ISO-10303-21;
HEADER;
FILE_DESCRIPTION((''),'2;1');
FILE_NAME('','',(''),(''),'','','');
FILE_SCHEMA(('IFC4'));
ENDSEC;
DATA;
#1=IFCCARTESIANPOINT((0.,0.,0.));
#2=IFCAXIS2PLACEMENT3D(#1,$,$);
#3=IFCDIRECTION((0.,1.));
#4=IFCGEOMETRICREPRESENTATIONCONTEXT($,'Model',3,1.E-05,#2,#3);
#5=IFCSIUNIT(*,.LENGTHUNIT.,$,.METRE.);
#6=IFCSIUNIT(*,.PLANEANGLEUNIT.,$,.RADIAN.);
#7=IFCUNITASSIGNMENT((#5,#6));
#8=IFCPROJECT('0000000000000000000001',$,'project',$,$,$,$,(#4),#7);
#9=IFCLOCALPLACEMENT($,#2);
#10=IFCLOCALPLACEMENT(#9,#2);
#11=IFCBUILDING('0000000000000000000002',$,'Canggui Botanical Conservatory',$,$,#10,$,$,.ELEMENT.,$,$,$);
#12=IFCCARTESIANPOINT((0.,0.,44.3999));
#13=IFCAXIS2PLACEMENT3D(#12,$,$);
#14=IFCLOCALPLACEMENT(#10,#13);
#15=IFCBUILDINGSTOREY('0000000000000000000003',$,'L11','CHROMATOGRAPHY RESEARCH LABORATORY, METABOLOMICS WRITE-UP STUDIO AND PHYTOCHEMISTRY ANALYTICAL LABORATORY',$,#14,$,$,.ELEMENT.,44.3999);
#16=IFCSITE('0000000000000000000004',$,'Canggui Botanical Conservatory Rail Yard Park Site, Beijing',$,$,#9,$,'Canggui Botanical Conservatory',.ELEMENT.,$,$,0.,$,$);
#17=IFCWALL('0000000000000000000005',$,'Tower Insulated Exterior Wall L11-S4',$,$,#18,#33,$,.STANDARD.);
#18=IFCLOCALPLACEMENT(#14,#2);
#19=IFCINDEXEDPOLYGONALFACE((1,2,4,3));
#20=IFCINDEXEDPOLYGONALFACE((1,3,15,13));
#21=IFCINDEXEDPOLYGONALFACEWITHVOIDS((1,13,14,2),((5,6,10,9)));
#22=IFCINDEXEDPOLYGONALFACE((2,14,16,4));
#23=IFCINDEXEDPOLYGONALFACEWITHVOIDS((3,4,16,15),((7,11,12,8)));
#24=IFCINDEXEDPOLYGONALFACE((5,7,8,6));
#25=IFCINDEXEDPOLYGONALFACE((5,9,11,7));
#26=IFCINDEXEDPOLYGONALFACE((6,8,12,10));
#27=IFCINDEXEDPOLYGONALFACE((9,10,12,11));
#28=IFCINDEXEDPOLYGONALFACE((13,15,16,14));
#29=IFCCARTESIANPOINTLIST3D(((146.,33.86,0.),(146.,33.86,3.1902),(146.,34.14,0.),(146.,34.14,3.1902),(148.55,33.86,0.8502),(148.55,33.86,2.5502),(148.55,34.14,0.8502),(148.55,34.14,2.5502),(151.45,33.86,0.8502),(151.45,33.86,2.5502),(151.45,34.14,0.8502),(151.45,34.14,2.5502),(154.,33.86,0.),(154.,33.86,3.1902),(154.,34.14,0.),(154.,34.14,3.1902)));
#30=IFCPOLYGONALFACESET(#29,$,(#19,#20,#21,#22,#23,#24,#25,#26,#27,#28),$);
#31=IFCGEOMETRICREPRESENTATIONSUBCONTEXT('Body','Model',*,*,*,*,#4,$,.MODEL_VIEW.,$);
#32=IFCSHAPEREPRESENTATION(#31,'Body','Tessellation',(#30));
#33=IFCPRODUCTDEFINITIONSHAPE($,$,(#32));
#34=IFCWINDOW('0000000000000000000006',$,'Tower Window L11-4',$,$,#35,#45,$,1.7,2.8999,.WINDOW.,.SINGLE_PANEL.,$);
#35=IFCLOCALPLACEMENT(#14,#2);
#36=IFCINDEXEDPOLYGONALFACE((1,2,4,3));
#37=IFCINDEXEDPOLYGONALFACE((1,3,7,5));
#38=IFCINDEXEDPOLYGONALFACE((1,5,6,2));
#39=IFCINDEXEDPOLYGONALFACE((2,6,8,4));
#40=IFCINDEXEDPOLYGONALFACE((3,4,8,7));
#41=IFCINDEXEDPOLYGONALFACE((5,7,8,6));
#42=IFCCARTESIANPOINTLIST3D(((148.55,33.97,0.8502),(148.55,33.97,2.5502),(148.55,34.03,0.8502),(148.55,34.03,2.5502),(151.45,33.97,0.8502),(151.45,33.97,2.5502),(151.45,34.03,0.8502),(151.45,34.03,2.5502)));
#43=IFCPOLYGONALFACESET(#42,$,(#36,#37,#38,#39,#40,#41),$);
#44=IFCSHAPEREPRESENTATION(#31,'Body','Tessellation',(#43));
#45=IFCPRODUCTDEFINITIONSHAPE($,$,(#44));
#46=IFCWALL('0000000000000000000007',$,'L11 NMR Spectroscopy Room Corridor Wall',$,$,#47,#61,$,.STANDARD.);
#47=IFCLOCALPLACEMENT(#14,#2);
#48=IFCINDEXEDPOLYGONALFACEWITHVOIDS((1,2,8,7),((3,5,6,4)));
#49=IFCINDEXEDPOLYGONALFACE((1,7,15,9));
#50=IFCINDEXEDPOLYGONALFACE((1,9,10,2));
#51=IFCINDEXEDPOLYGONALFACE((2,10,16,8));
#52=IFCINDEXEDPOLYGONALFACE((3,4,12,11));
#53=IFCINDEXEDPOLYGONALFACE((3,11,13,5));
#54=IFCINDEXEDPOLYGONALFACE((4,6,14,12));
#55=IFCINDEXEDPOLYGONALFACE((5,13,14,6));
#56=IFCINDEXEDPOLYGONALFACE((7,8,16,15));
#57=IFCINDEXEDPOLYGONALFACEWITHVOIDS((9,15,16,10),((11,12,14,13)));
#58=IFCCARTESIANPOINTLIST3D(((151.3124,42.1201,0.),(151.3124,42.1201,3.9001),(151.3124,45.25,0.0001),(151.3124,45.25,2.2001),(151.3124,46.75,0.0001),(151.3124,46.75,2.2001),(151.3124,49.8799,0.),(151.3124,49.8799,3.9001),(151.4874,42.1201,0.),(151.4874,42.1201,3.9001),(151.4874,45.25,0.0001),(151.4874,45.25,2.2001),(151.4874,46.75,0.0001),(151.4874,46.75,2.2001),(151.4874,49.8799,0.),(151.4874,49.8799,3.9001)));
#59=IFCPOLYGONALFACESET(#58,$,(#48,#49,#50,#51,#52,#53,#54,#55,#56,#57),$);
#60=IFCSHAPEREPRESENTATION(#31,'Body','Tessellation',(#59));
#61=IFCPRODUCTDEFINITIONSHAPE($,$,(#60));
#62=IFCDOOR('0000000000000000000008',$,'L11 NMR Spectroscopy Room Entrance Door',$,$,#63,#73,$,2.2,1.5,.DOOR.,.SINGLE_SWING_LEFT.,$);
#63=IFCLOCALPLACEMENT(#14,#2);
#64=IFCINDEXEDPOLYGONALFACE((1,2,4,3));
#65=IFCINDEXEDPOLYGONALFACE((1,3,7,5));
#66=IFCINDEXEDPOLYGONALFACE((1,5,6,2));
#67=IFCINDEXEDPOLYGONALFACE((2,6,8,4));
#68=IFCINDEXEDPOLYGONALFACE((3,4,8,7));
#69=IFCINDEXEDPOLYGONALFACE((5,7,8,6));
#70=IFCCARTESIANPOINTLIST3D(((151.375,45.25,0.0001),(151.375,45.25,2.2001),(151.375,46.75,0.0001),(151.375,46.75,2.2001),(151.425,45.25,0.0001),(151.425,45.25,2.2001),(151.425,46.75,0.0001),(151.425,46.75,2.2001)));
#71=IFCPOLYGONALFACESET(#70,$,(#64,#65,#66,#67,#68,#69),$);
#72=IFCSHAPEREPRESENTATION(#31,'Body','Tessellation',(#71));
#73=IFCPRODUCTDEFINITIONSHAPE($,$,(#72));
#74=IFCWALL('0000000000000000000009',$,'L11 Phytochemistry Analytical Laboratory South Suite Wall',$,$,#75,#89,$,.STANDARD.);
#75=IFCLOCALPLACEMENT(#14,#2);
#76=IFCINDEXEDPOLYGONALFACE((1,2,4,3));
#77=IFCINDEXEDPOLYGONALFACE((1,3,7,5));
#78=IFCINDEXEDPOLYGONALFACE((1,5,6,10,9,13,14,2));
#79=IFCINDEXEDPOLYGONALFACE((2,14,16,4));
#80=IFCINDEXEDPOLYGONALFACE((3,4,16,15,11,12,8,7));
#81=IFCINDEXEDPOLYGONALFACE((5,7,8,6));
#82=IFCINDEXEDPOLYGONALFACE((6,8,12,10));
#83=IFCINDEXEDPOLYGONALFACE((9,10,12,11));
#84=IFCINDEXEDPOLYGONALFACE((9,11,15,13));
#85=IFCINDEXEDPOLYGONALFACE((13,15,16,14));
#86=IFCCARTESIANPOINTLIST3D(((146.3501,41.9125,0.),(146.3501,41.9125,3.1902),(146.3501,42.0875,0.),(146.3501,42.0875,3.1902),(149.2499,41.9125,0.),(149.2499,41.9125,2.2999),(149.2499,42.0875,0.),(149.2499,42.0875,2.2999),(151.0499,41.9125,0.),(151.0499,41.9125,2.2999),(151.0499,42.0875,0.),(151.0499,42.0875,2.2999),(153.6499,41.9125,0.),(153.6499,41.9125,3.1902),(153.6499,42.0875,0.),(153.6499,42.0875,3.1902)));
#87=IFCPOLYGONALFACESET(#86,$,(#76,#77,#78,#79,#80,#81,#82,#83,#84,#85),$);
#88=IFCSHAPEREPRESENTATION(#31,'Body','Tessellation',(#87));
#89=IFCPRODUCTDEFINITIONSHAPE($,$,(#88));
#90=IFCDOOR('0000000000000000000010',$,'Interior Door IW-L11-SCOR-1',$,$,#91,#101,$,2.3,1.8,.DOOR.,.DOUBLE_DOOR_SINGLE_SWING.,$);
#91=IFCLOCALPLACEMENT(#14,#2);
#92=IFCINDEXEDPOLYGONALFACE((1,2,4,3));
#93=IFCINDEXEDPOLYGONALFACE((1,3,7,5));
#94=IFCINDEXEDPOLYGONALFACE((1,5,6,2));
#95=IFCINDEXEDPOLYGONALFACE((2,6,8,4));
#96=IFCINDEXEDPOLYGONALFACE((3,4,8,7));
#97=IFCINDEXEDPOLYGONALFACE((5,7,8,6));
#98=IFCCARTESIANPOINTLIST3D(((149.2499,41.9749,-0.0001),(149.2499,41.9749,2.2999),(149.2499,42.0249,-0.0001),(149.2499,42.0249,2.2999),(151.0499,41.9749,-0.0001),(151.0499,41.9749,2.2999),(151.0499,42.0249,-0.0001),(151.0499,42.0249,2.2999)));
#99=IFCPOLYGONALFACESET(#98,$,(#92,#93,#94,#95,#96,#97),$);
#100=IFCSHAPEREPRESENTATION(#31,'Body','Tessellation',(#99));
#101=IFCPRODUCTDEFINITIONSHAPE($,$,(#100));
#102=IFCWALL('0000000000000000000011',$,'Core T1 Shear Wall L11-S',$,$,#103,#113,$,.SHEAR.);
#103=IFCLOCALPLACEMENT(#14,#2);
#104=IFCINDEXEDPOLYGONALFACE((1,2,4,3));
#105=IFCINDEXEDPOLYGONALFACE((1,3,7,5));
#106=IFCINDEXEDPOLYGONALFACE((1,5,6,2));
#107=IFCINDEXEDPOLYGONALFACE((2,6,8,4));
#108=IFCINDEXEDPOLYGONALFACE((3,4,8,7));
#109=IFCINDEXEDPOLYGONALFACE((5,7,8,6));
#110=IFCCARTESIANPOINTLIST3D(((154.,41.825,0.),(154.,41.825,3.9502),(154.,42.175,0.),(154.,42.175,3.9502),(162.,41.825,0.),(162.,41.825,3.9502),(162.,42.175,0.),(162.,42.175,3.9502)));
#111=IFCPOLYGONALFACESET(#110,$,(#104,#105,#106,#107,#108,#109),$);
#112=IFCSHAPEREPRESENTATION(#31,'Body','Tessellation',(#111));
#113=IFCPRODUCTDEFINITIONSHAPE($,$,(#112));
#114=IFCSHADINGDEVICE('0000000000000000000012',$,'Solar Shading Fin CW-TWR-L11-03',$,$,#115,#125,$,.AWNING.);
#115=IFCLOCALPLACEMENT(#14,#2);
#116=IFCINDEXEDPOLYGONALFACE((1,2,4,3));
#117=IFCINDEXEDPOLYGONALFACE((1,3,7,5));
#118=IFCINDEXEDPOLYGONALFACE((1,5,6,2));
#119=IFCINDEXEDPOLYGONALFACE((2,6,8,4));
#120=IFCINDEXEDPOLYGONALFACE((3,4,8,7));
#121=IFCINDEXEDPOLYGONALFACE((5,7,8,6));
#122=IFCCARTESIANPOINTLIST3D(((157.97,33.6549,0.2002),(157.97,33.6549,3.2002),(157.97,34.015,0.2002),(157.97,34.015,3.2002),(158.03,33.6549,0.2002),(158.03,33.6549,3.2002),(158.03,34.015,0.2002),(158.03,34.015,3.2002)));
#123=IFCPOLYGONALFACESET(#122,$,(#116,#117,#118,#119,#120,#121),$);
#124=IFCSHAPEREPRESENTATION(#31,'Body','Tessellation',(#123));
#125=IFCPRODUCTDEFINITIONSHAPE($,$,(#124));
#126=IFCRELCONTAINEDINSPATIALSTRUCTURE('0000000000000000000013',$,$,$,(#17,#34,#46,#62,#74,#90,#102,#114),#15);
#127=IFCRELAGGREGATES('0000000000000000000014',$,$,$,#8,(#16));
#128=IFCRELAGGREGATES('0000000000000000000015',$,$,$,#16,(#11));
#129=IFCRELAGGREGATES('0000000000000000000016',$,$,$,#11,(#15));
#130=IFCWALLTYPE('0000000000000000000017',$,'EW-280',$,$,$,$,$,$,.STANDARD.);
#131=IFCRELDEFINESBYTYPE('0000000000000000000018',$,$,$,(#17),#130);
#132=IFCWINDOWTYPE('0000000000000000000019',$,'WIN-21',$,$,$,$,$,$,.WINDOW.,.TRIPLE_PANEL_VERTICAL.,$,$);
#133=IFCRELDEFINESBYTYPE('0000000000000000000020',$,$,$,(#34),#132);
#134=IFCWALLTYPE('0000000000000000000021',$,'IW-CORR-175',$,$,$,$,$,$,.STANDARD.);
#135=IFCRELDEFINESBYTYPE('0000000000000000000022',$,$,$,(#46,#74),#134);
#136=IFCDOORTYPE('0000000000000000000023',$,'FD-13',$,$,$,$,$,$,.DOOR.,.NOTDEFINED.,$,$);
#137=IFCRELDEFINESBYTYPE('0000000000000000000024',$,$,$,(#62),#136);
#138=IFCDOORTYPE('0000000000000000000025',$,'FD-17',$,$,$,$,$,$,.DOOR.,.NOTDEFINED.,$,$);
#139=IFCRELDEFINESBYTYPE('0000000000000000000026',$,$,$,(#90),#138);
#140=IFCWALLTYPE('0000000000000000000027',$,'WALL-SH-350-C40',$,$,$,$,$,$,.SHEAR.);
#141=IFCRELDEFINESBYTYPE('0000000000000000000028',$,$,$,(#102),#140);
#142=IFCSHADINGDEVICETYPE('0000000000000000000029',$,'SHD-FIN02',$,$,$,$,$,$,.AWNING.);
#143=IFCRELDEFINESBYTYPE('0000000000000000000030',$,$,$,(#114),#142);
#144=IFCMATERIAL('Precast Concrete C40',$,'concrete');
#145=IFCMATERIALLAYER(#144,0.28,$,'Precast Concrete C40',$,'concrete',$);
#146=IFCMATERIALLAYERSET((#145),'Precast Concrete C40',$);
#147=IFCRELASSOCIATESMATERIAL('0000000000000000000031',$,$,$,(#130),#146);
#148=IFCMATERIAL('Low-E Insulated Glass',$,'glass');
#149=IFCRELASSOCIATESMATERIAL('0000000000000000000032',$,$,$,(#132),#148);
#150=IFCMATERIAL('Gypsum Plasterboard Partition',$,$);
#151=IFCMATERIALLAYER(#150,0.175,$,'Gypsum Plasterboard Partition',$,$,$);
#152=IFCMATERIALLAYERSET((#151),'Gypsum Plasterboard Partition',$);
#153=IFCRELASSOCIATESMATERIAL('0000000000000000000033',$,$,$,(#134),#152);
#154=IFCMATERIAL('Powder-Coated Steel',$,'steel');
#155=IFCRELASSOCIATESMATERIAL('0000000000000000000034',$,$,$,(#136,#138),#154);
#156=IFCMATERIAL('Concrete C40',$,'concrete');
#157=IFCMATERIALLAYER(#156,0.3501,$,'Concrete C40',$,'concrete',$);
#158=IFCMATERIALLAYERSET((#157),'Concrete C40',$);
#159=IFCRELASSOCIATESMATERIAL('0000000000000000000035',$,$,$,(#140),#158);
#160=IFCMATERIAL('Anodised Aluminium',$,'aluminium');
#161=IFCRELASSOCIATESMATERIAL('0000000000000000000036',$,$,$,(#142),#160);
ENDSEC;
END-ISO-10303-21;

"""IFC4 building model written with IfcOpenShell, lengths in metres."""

from ifc_helpers import new_model, si_unit, direction, frame, frame_2d, origin, origin_2d, place, context, subcontext, project, spatial, rectangle, extrude, material, layer, layer_set, type_object, element, fill, save


model = new_model("IFC4")

# Units and contexts
model_context = context("Model", 3, precision=1e-05, world=origin(), true_north=direction((0.0, 1.0)))
body_context = subcontext(model_context, "Body", "Model", "MODEL_VIEW")
ifc_project = project(units=[si_unit("LENGTHUNIT", "METRE"), si_unit("PLANEANGLEUNIT", "RADIAN")], contexts=[model_context])

# Site, building, storey
site_placement = place(None, origin())
site = spatial("IfcSite", under=ifc_project, at=site_placement, Name="Canggui Botanical Conservatory Rail Yard Park Site, Beijing", LongName="Canggui Botanical Conservatory", CompositionType="ELEMENT", RefElevation=0.0)
building_placement = place(site_placement, origin())
building = spatial("IfcBuilding", under=site, at=building_placement, Name="Canggui Botanical Conservatory", CompositionType="ELEMENT")
storey_placement = place(building_placement, frame((0.0, 0.0, 44.3999)))
storey = spatial("IfcBuildingStorey", under=building, at=storey_placement, Name="L11", Description="CHROMATOGRAPHY RESEARCH LABORATORY, METABOLOMICS WRITE-UP STUDIO AND PHYTOCHEMISTRY ANALYTICAL LABORATORY", CompositionType="ELEMENT", Elevation=44.3999)

# Shared definitions
ifc_material_1 = material(Name="Concrete C40", Category="concrete")

# Shared definitions
ifc_material_2 = material(Name="Low-E Insulated Glass", Category="glass")

# Wall, opening, window
ifc_material_3 = material(Name="Precast Concrete C40", Category="concrete")
ifc_layer_1 = layer(ifc_material_3, 0.28, Name="Precast Concrete C40", Category="concrete")
ifc_layer_set_1 = layer_set([ifc_layer_1], Name="Precast Concrete C40")
wall_type_1 = type_object("IfcWallType", Name="EW-280", PredefinedType="STANDARD", material=ifc_layer_set_1)
wall_1_placement = place(storey_placement, frame((154.0, 34.0, 0.0), z_axis=(0.0, 0.0, 1.0), x_axis=(-1.0, 0.0, 0.0)))
wall_1 = element("IfcWall", 1, at=wall_1_placement, inside=storey, type_object=wall_type_1, Name="Tower Insulated Exterior Wall L11-S4", PredefinedType="STANDARD", context=body_context, shape_type="SweptSolid", body=[
    extrude(rectangle(XDim=8.0, YDim=0.28, at=frame_2d((4.0, 0.0))), origin(), (0.0, 0.0, 1.0), 3.1902),
])
opening_1_placement = place(wall_1_placement, frame((2.55, 0.0, 0.8501)))
opening_1 = element("IfcOpeningElement", 2, at=opening_1_placement, cuts=wall_1, PredefinedType="OPENING", context=body_context, shape_type="SweptSolid", body=[
    extrude(rectangle(XDim=2.8999, YDim=1.7, at=frame_2d((1.45, 0.8501))), frame((0.0, 0.1499, 0.0), z_axis=(0.0, -1.0, 0.0), x_axis=(1.0, 0.0, 0.0)), (0.0, 0.0, 1.0), 0.3),
])
window_type = type_object("IfcWindowType", Name="WIN-21", PartitioningType="TRIPLE_PANEL_VERTICAL", PredefinedType="WINDOW", material=ifc_material_2)
window_placement = place(opening_1_placement, origin())
window = element("IfcWindow", 3, at=window_placement, inside=storey, type_object=window_type, Name="Tower Window L11-4", OverallHeight=1.7, OverallWidth=2.8999, PartitioningType="SINGLE_PANEL", PredefinedType="WINDOW", context=body_context, shape_type="SweptSolid", body=[
    extrude(rectangle(XDim=2.8999, YDim=1.7, at=frame_2d((1.45, 0.8501))), frame((0.0, 0.03, 0.0), z_axis=(0.0, -1.0, 0.0), x_axis=(1.0, 0.0, 0.0)), (0.0, 0.0, 1.0), 0.0601),
])
fill(opening_1, window)

# Walls, openings, doors
ifc_material_4 = material(Name="Gypsum Plasterboard Partition")
ifc_layer_2 = layer(ifc_material_4, 0.175, Name="Gypsum Plasterboard Partition")
ifc_layer_set_2 = layer_set([ifc_layer_2], Name="Gypsum Plasterboard Partition")
wall_type_2 = type_object("IfcWallType", Name="IW-CORR-175", PredefinedType="STANDARD", material=ifc_layer_set_2)
wall_2_placement = place(storey_placement, frame((151.3999, 42.1201, 0.0), z_axis=(0.0, 0.0, 1.0), x_axis=(0.0, 1.0, 0.0)))
wall_2 = element("IfcWall", 4, at=wall_2_placement, inside=storey, type_object=wall_type_2, Name="L11 NMR Spectroscopy Room Corridor Wall", PredefinedType="STANDARD", context=body_context, shape_type="SweptSolid", body=[
    extrude(rectangle(XDim=7.7598, YDim=0.175, at=frame_2d((3.8799, 0.0))), origin(), (0.0, 0.0, 1.0), 3.9001),
])
opening_2_placement = place(wall_2_placement, frame((3.1299, 0.0, 0.0)))
opening_2 = element("IfcOpeningElement", 5, at=opening_2_placement, cuts=wall_2, PredefinedType="OPENING", context=body_context, shape_type="SweptSolid", body=[
    extrude(rectangle(XDim=1.5, YDim=2.2, at=frame_2d((0.75, 1.1001))), frame((0.0, 0.0977, 0.0), z_axis=(0.0, -1.0, 0.0), x_axis=(1.0, 0.0, 0.0)), (0.0, 0.0, 1.0), 0.1951),
])
ifc_material_5 = material(Name="Powder-Coated Steel", Category="steel")
door_type_1 = type_object("IfcDoorType", Name="FD-13", OperationType="NOTDEFINED", PredefinedType="DOOR", material=ifc_material_5)
door_1_placement = place(opening_2_placement, origin())
door_1 = element("IfcDoor", 6, at=door_1_placement, inside=storey, type_object=door_type_1, Name="L11 NMR Spectroscopy Room Entrance Door", OperationType="SINGLE_SWING_LEFT", OverallHeight=2.2, OverallWidth=1.5, PredefinedType="DOOR", context=body_context, shape_type="SweptSolid", body=[
    extrude(rectangle(XDim=1.5, YDim=2.2, at=frame_2d((0.75, 1.1001))), frame((0.0, 0.0249, 0.0), z_axis=(0.0, -1.0, 0.0), x_axis=(1.0, 0.0, 0.0)), (0.0, 0.0, 1.0), 0.05),
])
fill(opening_2, door_1)
wall_3_placement = place(storey_placement, frame((146.3501, 42.0, 0.0), z_axis=(0.0, 0.0, 1.0), x_axis=(1.0, 0.0, 0.0)))
wall_3 = element("IfcWall", 7, at=wall_3_placement, inside=storey, type_object=wall_type_2, Name="L11 Phytochemistry Analytical Laboratory South Suite Wall", PredefinedType="STANDARD", context=body_context, shape_type="SweptSolid", body=[
    extrude(rectangle(XDim=7.2998, YDim=0.175, at=frame_2d((3.6499, 0.0))), origin(), (0.0, 0.0, 1.0), 3.1902),
])
opening_3_placement = place(wall_3_placement, frame((2.8999, 0.0, 0.0)))
opening_3 = element("IfcOpeningElement", 8, at=opening_3_placement, cuts=wall_3, PredefinedType="OPENING", context=body_context, shape_type="SweptSolid", body=[
    extrude(rectangle(XDim=1.8, YDim=2.3, at=frame_2d((0.8999, 1.1499))), frame((0.0, 0.0977, 0.0), z_axis=(0.0, -1.0, 0.0), x_axis=(1.0, 0.0, 0.0)), (0.0, 0.0, 1.0), 0.1951),
])
door_type_2 = type_object("IfcDoorType", Name="FD-17", OperationType="NOTDEFINED", PredefinedType="DOOR", material=ifc_material_5)
door_2_placement = place(opening_3_placement, origin())
door_2 = element("IfcDoor", 9, at=door_2_placement, inside=storey, type_object=door_type_2, Name="Interior Door IW-L11-SCOR-1", OperationType="DOUBLE_DOOR_SINGLE_SWING", OverallHeight=2.3, OverallWidth=1.8, PredefinedType="DOOR", context=body_context, shape_type="SweptSolid", body=[
    extrude(rectangle(XDim=1.8, YDim=2.3, at=frame_2d((0.8999, 1.1499))), frame((0.0, 0.0249, 0.0), z_axis=(0.0, -1.0, 0.0), x_axis=(1.0, 0.0, 0.0)), (0.0, 0.0, 1.0), 0.05),
])
fill(opening_3, door_2)

# Wall
ifc_layer_3 = layer(ifc_material_1, 0.3501, Name="Concrete C40", Category="concrete")
ifc_layer_set_3 = layer_set([ifc_layer_3], Name="Concrete C40")
wall_type_3 = type_object("IfcWallType", Name="WALL-SH-350-C40", PredefinedType="SHEAR", material=ifc_layer_set_3)
wall_4_placement = place(storey_placement, frame((154.0, 42.0, 0.0), z_axis=(0.0, 0.0, 1.0), x_axis=(1.0, 0.0, 0.0)))
element("IfcWall", 10, at=wall_4_placement, inside=storey, type_object=wall_type_3, Name="Core T1 Shear Wall L11-S", PredefinedType="SHEAR", context=body_context, shape_type="SweptSolid", body=[
    extrude(rectangle(XDim=8.0, YDim=0.3501, at=frame_2d((4.0, 0.0))), origin(), (0.0, 0.0, 1.0), 3.9502),
])

# Shading device
ifc_material_6 = material(Name="Anodised Aluminium", Category="aluminium")
shading_device_type = type_object("IfcShadingDeviceType", Name="SHD-FIN02", PredefinedType="AWNING", material=ifc_material_6)
shading_device_placement = place(storey_placement, frame((158.0, 33.835, 0.2002), z_axis=(0.0, 0.0, 1.0), x_axis=(-1.0, 0.0, 0.0)))
element("IfcShadingDevice", 11, at=shading_device_placement, inside=storey, type_object=shading_device_type, Name="Solar Shading Fin CW-TWR-L11-03", PredefinedType="AWNING", context=body_context, shape_type="SweptSolid", body=[
    extrude(rectangle(XDim=0.0601, YDim=0.3601, at=origin_2d()), origin(), (0.0, 0.0, 1.0), 3.0),
])

save(model, "model.ifc")
